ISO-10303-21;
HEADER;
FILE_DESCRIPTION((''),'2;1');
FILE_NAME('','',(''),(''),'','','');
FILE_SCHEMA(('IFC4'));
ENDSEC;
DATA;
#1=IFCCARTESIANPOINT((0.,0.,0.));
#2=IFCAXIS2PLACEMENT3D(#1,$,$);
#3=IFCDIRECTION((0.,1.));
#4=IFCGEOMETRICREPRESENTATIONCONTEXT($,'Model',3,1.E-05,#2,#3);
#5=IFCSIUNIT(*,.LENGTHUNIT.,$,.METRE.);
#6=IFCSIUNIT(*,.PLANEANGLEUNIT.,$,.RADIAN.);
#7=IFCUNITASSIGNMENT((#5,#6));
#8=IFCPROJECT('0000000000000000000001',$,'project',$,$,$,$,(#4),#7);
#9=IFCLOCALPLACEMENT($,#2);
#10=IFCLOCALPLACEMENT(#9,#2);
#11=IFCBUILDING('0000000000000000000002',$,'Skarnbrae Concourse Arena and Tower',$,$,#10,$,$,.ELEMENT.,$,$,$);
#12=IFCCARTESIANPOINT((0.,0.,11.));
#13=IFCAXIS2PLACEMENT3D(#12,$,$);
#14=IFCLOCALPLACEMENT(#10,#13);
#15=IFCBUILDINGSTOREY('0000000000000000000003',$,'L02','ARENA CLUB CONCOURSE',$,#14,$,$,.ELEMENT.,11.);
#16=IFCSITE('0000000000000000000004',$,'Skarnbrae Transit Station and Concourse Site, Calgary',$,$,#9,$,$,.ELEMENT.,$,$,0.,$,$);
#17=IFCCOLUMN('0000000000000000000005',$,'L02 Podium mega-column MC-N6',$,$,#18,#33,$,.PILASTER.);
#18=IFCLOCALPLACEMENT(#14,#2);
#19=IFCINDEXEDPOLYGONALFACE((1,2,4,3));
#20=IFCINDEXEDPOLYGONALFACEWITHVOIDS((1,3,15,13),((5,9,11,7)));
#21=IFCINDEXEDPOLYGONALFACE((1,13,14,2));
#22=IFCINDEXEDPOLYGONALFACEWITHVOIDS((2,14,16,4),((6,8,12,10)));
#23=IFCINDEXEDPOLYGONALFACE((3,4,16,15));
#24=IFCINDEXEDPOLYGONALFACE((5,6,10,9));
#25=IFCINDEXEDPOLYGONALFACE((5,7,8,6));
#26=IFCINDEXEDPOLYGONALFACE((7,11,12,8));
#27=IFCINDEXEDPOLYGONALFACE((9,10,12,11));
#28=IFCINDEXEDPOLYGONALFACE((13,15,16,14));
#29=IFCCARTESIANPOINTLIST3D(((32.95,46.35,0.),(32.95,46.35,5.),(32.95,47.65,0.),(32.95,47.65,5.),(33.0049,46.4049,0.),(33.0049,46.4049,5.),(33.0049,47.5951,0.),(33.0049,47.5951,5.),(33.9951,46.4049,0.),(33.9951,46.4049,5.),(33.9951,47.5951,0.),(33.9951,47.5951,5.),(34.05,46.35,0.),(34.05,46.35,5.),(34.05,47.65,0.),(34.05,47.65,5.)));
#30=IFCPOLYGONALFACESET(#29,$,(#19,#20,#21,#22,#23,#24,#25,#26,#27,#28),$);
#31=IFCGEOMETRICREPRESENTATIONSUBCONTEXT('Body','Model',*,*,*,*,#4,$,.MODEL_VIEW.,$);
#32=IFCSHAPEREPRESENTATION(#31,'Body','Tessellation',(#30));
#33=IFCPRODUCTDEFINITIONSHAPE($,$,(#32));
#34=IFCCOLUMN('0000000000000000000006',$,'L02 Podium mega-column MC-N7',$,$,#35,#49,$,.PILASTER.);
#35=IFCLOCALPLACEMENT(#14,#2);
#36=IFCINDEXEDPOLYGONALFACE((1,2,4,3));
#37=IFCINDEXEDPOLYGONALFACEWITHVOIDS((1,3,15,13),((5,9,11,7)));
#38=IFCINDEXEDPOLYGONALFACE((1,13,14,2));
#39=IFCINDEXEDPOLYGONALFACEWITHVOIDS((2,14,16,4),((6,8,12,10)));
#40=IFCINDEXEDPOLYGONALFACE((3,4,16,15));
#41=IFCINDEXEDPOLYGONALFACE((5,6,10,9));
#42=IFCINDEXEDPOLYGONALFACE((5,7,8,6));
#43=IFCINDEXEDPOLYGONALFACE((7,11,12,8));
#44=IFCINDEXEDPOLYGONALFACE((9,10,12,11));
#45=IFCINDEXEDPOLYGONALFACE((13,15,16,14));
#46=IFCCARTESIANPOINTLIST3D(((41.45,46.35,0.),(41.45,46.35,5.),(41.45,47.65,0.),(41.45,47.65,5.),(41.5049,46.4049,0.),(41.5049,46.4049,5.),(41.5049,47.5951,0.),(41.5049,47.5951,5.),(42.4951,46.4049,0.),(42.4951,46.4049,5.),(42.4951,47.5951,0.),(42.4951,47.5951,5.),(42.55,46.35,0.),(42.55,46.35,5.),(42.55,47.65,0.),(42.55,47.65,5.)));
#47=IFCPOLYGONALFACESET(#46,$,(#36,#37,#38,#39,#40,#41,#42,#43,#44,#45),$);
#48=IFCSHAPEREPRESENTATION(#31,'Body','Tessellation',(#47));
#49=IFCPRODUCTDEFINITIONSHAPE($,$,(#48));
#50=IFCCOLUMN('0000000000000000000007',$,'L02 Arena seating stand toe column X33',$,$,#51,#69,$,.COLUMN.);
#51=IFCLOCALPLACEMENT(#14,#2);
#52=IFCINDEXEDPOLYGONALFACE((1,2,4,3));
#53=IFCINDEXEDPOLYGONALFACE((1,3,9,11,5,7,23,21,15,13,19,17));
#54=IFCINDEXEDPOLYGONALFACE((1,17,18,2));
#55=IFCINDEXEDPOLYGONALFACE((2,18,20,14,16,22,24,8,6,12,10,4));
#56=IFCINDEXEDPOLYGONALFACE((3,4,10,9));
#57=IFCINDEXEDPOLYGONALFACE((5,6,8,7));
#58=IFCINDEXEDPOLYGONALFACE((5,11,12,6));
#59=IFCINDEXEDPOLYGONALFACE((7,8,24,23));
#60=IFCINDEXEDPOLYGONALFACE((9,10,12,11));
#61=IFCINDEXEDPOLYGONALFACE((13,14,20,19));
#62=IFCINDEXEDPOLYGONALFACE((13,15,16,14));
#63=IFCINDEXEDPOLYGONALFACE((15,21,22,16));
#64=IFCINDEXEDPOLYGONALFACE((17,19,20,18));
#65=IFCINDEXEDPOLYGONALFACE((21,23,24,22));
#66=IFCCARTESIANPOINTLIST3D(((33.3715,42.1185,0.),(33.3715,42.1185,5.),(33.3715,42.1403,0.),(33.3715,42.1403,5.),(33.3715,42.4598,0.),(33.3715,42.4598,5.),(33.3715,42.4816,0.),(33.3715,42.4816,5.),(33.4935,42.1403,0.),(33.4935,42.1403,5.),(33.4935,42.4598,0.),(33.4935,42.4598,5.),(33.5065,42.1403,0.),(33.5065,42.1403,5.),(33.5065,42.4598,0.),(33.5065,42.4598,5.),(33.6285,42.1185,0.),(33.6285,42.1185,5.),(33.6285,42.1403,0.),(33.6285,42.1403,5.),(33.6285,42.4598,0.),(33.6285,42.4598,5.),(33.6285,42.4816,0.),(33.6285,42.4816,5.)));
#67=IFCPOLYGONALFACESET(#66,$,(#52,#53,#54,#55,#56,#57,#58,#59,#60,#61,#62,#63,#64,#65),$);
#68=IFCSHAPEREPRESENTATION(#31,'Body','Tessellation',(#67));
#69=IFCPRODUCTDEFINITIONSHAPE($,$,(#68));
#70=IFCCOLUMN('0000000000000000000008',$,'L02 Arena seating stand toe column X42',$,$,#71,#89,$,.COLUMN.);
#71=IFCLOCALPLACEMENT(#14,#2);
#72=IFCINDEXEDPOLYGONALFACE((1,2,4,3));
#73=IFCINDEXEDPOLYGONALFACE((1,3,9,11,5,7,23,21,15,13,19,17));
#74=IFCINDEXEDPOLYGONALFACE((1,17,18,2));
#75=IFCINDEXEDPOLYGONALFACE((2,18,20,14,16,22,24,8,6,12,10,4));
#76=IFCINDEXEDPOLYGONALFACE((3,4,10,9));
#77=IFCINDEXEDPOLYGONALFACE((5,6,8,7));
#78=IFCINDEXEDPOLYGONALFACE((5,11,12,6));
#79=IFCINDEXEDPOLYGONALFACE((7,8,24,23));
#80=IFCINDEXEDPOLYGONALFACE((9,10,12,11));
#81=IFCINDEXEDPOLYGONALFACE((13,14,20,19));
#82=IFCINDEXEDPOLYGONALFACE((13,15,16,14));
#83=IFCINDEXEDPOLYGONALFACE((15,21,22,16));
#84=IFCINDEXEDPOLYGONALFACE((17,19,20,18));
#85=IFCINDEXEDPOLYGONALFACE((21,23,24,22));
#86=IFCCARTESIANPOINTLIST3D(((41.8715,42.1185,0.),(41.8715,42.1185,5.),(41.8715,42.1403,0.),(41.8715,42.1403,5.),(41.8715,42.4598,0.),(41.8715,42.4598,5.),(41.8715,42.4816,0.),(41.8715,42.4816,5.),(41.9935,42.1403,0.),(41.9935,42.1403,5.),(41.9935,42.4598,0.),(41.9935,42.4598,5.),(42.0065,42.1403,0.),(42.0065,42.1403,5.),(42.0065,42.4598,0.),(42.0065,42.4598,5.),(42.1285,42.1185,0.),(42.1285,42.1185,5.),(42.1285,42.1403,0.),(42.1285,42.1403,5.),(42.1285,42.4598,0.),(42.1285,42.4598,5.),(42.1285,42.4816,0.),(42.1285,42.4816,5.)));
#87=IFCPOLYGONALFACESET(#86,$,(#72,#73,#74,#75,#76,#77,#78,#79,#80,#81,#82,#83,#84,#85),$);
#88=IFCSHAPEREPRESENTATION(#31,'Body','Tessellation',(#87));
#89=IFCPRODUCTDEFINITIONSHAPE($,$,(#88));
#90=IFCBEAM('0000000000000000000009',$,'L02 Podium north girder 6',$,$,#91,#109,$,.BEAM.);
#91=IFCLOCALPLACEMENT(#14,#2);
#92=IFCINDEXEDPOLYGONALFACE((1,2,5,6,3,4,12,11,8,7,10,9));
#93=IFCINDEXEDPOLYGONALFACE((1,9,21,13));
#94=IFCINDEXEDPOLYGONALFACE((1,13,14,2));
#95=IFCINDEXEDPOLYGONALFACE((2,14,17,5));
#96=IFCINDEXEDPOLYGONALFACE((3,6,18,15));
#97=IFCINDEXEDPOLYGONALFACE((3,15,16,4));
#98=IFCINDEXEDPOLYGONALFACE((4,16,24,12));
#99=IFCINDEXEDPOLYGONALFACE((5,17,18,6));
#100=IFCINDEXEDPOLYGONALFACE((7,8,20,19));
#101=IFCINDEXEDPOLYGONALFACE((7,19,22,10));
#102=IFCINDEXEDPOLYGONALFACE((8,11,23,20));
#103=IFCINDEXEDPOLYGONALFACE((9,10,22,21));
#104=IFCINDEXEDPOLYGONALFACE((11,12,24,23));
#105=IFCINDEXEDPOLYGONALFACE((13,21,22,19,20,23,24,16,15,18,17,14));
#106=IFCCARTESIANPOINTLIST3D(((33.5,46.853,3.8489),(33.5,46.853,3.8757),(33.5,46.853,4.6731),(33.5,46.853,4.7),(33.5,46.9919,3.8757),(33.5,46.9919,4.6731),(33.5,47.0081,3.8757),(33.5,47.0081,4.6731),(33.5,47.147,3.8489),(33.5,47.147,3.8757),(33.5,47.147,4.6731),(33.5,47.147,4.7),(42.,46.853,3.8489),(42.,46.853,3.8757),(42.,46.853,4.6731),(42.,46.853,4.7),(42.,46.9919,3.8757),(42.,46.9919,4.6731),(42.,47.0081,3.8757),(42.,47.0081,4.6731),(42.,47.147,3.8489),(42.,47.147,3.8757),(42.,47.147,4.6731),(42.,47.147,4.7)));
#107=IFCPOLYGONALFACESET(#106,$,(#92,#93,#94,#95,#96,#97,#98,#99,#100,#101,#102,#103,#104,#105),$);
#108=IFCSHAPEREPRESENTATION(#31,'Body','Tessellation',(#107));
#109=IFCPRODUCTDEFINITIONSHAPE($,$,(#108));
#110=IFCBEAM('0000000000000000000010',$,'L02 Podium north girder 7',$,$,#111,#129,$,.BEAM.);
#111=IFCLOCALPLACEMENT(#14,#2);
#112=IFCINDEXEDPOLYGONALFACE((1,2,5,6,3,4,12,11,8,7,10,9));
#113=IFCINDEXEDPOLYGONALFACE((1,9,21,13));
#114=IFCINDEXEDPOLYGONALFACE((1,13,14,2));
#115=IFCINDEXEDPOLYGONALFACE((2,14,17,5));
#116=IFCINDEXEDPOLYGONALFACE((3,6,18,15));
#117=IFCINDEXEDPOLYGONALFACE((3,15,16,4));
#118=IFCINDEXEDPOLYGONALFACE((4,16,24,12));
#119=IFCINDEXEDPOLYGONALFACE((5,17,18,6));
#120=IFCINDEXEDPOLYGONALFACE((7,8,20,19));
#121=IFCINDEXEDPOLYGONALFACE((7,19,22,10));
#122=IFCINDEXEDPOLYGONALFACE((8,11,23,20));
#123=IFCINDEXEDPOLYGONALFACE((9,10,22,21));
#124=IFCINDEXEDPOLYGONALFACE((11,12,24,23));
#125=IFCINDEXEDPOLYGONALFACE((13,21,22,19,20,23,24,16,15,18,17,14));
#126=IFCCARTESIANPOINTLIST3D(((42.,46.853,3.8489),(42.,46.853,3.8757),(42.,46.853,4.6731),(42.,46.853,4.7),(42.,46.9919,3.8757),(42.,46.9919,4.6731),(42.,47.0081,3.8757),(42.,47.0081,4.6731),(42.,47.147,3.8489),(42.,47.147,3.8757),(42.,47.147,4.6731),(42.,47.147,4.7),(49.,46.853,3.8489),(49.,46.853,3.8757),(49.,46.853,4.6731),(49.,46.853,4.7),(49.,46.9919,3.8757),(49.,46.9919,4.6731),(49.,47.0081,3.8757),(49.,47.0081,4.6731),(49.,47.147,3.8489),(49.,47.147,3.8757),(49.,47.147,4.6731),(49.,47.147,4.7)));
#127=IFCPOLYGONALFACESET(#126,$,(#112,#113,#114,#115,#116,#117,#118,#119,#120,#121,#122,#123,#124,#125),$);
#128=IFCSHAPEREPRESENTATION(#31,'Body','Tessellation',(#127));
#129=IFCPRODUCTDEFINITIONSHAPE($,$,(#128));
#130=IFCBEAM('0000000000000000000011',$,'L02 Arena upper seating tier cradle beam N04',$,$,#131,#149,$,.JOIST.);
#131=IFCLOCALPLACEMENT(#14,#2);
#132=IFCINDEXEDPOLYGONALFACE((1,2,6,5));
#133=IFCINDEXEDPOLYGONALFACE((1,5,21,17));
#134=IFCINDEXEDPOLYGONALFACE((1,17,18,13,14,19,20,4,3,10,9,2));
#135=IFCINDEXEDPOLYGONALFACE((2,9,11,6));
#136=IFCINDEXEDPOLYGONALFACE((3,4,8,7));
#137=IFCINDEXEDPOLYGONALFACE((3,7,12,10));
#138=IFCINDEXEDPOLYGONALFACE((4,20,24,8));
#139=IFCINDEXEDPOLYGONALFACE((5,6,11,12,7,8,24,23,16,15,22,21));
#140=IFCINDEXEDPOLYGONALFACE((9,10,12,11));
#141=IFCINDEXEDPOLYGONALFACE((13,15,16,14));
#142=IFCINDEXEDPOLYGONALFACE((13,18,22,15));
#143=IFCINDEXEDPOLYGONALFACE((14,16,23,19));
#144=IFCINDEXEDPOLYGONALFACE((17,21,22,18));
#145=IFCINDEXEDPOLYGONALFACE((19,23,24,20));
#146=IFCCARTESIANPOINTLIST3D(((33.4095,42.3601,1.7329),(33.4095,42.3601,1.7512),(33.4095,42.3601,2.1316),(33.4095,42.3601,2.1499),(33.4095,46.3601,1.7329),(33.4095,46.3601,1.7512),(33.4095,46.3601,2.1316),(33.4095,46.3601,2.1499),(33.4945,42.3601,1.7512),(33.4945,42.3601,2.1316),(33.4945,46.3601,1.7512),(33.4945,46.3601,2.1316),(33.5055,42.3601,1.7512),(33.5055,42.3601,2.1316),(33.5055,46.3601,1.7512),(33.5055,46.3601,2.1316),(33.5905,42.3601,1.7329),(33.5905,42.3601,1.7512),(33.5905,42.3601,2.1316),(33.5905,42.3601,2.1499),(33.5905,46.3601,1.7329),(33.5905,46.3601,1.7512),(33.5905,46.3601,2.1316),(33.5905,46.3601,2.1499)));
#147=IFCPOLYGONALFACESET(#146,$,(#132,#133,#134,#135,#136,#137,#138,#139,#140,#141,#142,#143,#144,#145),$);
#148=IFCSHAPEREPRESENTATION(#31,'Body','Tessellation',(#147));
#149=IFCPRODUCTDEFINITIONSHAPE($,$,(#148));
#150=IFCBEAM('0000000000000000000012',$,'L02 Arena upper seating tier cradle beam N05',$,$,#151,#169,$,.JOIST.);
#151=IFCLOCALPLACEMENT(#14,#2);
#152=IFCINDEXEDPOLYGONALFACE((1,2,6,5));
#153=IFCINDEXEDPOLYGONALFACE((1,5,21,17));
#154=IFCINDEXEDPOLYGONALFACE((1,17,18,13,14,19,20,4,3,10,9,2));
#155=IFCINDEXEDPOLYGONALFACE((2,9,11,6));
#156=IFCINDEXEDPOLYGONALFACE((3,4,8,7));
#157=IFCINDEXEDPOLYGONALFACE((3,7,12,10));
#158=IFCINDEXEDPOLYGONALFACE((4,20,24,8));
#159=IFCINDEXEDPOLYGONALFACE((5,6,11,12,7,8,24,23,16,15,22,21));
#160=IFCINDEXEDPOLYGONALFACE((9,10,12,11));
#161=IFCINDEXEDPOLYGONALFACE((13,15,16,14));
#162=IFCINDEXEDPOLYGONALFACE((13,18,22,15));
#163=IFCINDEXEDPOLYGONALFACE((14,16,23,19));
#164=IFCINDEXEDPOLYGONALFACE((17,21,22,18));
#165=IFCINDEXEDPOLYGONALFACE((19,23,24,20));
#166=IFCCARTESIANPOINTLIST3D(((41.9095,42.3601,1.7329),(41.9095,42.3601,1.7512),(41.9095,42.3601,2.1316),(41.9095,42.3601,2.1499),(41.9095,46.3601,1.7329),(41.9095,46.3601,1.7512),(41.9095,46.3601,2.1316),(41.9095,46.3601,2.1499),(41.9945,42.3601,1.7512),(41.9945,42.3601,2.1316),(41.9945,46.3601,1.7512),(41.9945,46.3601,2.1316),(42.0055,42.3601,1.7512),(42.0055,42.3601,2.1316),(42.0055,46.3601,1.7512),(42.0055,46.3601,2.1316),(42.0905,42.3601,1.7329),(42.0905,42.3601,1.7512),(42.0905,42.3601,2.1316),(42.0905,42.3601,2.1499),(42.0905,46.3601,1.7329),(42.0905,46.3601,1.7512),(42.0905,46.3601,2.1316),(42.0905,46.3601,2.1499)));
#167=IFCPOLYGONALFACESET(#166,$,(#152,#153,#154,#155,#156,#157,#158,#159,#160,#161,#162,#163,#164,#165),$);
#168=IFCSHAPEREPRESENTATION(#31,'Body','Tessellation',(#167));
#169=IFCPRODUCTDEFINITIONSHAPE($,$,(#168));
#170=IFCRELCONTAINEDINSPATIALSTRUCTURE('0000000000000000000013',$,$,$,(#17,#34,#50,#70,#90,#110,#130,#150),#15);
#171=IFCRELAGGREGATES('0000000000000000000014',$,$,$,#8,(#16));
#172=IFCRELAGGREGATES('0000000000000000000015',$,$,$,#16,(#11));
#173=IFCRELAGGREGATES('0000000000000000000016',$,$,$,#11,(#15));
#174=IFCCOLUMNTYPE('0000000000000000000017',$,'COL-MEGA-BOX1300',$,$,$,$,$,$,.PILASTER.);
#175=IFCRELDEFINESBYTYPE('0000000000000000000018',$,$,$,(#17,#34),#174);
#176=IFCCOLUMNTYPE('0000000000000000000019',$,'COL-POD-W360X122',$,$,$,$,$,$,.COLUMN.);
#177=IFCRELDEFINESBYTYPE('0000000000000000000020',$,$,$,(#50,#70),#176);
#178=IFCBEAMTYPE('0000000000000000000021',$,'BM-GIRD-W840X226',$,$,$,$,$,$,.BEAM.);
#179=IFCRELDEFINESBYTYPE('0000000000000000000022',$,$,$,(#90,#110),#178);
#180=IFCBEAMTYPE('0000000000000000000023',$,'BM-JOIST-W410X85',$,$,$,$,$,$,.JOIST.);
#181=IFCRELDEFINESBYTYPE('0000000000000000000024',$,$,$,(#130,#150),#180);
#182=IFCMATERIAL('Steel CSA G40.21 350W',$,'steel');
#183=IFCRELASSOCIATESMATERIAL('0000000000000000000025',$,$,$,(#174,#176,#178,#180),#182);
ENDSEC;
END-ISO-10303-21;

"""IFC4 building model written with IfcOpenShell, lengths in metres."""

from ifc_helpers import new_model, si_unit, direction, frame, origin, origin_2d, place, context, subcontext, project, spatial, hollow_rectangle, i_section, extrude, source, transform, mapped, material, material_profile, profile_set, type_object, element, save


model = new_model("IFC4")

# Units and contexts
model_context = context("Model", 3, precision=1e-05, world=origin(), true_north=direction((0.0, 1.0)))
body_context = subcontext(model_context, "Body", "Model", "MODEL_VIEW")
ifc_project = project(units=[si_unit("LENGTHUNIT", "METRE"), si_unit("PLANEANGLEUNIT", "RADIAN")], contexts=[model_context])

# Site, building, storey
site_placement = place(None, origin())
site = spatial("IfcSite", under=ifc_project, at=site_placement, Name="Skarnbrae Transit Station and Concourse Site, Calgary", CompositionType="ELEMENT", RefElevation=0.0)
building_placement = place(site_placement, origin())
building = spatial("IfcBuilding", under=site, at=building_placement, Name="Skarnbrae Concourse Arena and Tower", CompositionType="ELEMENT")
storey_placement = place(building_placement, frame((0.0, 0.0, 11.0)))
storey = spatial("IfcBuildingStorey", under=building, at=storey_placement, Name="L02", Description="ARENA CLUB CONCOURSE", CompositionType="ELEMENT", Elevation=11.0)

# Columns
ifc_material_1 = material(Name="Steel CSA G40.21 350W", Category="steel")
ifc_material_profile_1 = material_profile(ifc_material_1, hollow_rectangle(XDim=1.1001, YDim=1.3, WallThickness=0.0549, at=origin_2d()), Name="BOX1300X1100X55")
ifc_profile_set_1 = profile_set([ifc_material_profile_1], Name="Steel CSA G40.21 350W")
column_type_1 = type_object("IfcColumnType", Name="COL-MEGA-BOX1300", PredefinedType="PILASTER", material=ifc_profile_set_1)
shared_shape_1 = source(origin(), body_context, "Body", "SweptSolid", [
    extrude(hollow_rectangle(XDim=1.1001, YDim=1.3, WallThickness=0.0549, at=origin_2d()), origin(), (0.0, 0.0, 1.0), 5.0),
])
for number, where, z_axis, x_axis, name in (
    (1, (33.5, 47.0, 0.0), (0.0, 0.0, 1.0), (1.0, 0.0, 0.0), "L02 Podium mega-column MC-N6"),
    (2, (42.0, 47.0, 0.0), (0.0, 0.0, 1.0), (1.0, 0.0, 0.0), "L02 Podium mega-column MC-N7"),
):
    element("IfcColumn", number, at=place(storey_placement, frame(where, z_axis=z_axis, x_axis=x_axis)), inside=storey, type_object=column_type_1, Name=name, PredefinedType="PILASTER", context=body_context, shape_type="MappedRepresentation", body=[
        mapped(shared_shape_1, transform((0.0, 0.0, 0.0))),
    ])
ifc_material_profile_2 = material_profile(ifc_material_1, i_section(OverallWidth=0.2571, OverallDepth=0.363, WebThickness=0.0129, FlangeThickness=0.0217, at=origin_2d()), Name="W360X122")
ifc_profile_set_2 = profile_set([ifc_material_profile_2], Name="Steel CSA G40.21 350W")
column_type_2 = type_object("IfcColumnType", Name="COL-POD-W360X122", PredefinedType="COLUMN", material=ifc_profile_set_2)
shared_shape_2 = source(origin(), body_context, "Body", "SweptSolid", [
    extrude(i_section(OverallWidth=0.2571, OverallDepth=0.363, WebThickness=0.0129, FlangeThickness=0.0217, at=origin_2d()), origin(), (0.0, 0.0, 1.0), 5.0),
])
for number, where, z_axis, x_axis, name in (
    (3, (33.5, 42.3, 0.0), (0.0, 0.0, 1.0), (1.0, 0.0, 0.0), "L02 Arena seating stand toe column X33"),
    (4, (42.0, 42.3, 0.0), (0.0, 0.0, 1.0), (1.0, 0.0, 0.0), "L02 Arena seating stand toe column X42"),
):
    element("IfcColumn", number, at=place(storey_placement, frame(where, z_axis=z_axis, x_axis=x_axis)), inside=storey, type_object=column_type_2, Name=name, PredefinedType="COLUMN", context=body_context, shape_type="MappedRepresentation", body=[
        mapped(shared_shape_2, transform((0.0, 0.0, 0.0))),
    ])

# Beams
ifc_material_profile_3 = material_profile(ifc_material_1, i_section(OverallWidth=0.2939, OverallDepth=0.8511, WebThickness=0.0161, FlangeThickness=0.0269, at=origin_2d()), Name="W840X226")
ifc_profile_set_3 = profile_set([ifc_material_profile_3], Name="Steel CSA G40.21 350W")
beam_type_1 = type_object("IfcBeamType", Name="BM-GIRD-W840X226", PredefinedType="BEAM", material=ifc_profile_set_3)
shared_shape_3 = source(origin(), body_context, "Body", "SweptSolid", [
    extrude(i_section(OverallWidth=0.2939, OverallDepth=0.8511, WebThickness=0.0161, FlangeThickness=0.0269, at=origin_2d()), origin(), (0.0, 0.0, 1.0), 8.5),
])
beam_1_placement = place(storey_placement, frame((33.5, 47.0, 4.2744), z_axis=(1.0, 0.0, 0.0), x_axis=(0.0, 1.0, 0.0)))
element("IfcBeam", 5, at=beam_1_placement, inside=storey, type_object=beam_type_1, Name="L02 Podium north girder 6", PredefinedType="BEAM", context=body_context, shape_type="MappedRepresentation", body=[
    mapped(shared_shape_3, transform((0.0, 0.0, 0.0))),
])
shared_shape_4 = source(origin(), body_context, "Body", "SweptSolid", [
    extrude(i_section(OverallWidth=0.2939, OverallDepth=0.8511, WebThickness=0.0161, FlangeThickness=0.0269, at=origin_2d()), origin(), (0.0, 0.0, 1.0), 7.0),
])
beam_2_placement = place(storey_placement, frame((42.0, 47.0, 4.2744), z_axis=(1.0, 0.0, 0.0), x_axis=(0.0, 1.0, 0.0)))
element("IfcBeam", 6, at=beam_2_placement, inside=storey, type_object=beam_type_1, Name="L02 Podium north girder 7", PredefinedType="BEAM", context=body_context, shape_type="MappedRepresentation", body=[
    mapped(shared_shape_4, transform((0.0, 0.0, 0.0))),
])
ifc_material_profile_4 = material_profile(ifc_material_1, i_section(OverallWidth=0.1809, OverallDepth=0.417, WebThickness=0.011, FlangeThickness=0.0183, at=origin_2d()), Name="W410X85")
ifc_profile_set_4 = profile_set([ifc_material_profile_4], Name="Steel CSA G40.21 350W")
beam_type_2 = type_object("IfcBeamType", Name="BM-JOIST-W410X85", PredefinedType="JOIST", material=ifc_profile_set_4)
shared_shape_5 = source(origin(), body_context, "Body", "SweptSolid", [
    extrude(i_section(OverallWidth=0.1809, OverallDepth=0.417, WebThickness=0.011, FlangeThickness=0.0183, at=origin_2d()), origin(), (0.0, 0.0, 1.0), 4.0),
])
for number, where, z_axis, x_axis, name in (
    (7, (33.5, 42.3601, 1.9414), (0.0, 1.0, 0.0), (-1.0, 0.0, 0.0), "L02 Arena upper seating tier cradle beam N04"),
    (8, (42.0, 42.3601, 1.9414), (0.0, 1.0, 0.0), (-1.0, 0.0, 0.0), "L02 Arena upper seating tier cradle beam N05"),
):
    element("IfcBeam", number, at=place(storey_placement, frame(where, z_axis=z_axis, x_axis=x_axis)), inside=storey, type_object=beam_type_2, Name=name, PredefinedType="JOIST", context=body_context, shape_type="MappedRepresentation", body=[
        mapped(shared_shape_5, transform((0.0, 0.0, 0.0))),
    ])

save(model, "model.ifc")
